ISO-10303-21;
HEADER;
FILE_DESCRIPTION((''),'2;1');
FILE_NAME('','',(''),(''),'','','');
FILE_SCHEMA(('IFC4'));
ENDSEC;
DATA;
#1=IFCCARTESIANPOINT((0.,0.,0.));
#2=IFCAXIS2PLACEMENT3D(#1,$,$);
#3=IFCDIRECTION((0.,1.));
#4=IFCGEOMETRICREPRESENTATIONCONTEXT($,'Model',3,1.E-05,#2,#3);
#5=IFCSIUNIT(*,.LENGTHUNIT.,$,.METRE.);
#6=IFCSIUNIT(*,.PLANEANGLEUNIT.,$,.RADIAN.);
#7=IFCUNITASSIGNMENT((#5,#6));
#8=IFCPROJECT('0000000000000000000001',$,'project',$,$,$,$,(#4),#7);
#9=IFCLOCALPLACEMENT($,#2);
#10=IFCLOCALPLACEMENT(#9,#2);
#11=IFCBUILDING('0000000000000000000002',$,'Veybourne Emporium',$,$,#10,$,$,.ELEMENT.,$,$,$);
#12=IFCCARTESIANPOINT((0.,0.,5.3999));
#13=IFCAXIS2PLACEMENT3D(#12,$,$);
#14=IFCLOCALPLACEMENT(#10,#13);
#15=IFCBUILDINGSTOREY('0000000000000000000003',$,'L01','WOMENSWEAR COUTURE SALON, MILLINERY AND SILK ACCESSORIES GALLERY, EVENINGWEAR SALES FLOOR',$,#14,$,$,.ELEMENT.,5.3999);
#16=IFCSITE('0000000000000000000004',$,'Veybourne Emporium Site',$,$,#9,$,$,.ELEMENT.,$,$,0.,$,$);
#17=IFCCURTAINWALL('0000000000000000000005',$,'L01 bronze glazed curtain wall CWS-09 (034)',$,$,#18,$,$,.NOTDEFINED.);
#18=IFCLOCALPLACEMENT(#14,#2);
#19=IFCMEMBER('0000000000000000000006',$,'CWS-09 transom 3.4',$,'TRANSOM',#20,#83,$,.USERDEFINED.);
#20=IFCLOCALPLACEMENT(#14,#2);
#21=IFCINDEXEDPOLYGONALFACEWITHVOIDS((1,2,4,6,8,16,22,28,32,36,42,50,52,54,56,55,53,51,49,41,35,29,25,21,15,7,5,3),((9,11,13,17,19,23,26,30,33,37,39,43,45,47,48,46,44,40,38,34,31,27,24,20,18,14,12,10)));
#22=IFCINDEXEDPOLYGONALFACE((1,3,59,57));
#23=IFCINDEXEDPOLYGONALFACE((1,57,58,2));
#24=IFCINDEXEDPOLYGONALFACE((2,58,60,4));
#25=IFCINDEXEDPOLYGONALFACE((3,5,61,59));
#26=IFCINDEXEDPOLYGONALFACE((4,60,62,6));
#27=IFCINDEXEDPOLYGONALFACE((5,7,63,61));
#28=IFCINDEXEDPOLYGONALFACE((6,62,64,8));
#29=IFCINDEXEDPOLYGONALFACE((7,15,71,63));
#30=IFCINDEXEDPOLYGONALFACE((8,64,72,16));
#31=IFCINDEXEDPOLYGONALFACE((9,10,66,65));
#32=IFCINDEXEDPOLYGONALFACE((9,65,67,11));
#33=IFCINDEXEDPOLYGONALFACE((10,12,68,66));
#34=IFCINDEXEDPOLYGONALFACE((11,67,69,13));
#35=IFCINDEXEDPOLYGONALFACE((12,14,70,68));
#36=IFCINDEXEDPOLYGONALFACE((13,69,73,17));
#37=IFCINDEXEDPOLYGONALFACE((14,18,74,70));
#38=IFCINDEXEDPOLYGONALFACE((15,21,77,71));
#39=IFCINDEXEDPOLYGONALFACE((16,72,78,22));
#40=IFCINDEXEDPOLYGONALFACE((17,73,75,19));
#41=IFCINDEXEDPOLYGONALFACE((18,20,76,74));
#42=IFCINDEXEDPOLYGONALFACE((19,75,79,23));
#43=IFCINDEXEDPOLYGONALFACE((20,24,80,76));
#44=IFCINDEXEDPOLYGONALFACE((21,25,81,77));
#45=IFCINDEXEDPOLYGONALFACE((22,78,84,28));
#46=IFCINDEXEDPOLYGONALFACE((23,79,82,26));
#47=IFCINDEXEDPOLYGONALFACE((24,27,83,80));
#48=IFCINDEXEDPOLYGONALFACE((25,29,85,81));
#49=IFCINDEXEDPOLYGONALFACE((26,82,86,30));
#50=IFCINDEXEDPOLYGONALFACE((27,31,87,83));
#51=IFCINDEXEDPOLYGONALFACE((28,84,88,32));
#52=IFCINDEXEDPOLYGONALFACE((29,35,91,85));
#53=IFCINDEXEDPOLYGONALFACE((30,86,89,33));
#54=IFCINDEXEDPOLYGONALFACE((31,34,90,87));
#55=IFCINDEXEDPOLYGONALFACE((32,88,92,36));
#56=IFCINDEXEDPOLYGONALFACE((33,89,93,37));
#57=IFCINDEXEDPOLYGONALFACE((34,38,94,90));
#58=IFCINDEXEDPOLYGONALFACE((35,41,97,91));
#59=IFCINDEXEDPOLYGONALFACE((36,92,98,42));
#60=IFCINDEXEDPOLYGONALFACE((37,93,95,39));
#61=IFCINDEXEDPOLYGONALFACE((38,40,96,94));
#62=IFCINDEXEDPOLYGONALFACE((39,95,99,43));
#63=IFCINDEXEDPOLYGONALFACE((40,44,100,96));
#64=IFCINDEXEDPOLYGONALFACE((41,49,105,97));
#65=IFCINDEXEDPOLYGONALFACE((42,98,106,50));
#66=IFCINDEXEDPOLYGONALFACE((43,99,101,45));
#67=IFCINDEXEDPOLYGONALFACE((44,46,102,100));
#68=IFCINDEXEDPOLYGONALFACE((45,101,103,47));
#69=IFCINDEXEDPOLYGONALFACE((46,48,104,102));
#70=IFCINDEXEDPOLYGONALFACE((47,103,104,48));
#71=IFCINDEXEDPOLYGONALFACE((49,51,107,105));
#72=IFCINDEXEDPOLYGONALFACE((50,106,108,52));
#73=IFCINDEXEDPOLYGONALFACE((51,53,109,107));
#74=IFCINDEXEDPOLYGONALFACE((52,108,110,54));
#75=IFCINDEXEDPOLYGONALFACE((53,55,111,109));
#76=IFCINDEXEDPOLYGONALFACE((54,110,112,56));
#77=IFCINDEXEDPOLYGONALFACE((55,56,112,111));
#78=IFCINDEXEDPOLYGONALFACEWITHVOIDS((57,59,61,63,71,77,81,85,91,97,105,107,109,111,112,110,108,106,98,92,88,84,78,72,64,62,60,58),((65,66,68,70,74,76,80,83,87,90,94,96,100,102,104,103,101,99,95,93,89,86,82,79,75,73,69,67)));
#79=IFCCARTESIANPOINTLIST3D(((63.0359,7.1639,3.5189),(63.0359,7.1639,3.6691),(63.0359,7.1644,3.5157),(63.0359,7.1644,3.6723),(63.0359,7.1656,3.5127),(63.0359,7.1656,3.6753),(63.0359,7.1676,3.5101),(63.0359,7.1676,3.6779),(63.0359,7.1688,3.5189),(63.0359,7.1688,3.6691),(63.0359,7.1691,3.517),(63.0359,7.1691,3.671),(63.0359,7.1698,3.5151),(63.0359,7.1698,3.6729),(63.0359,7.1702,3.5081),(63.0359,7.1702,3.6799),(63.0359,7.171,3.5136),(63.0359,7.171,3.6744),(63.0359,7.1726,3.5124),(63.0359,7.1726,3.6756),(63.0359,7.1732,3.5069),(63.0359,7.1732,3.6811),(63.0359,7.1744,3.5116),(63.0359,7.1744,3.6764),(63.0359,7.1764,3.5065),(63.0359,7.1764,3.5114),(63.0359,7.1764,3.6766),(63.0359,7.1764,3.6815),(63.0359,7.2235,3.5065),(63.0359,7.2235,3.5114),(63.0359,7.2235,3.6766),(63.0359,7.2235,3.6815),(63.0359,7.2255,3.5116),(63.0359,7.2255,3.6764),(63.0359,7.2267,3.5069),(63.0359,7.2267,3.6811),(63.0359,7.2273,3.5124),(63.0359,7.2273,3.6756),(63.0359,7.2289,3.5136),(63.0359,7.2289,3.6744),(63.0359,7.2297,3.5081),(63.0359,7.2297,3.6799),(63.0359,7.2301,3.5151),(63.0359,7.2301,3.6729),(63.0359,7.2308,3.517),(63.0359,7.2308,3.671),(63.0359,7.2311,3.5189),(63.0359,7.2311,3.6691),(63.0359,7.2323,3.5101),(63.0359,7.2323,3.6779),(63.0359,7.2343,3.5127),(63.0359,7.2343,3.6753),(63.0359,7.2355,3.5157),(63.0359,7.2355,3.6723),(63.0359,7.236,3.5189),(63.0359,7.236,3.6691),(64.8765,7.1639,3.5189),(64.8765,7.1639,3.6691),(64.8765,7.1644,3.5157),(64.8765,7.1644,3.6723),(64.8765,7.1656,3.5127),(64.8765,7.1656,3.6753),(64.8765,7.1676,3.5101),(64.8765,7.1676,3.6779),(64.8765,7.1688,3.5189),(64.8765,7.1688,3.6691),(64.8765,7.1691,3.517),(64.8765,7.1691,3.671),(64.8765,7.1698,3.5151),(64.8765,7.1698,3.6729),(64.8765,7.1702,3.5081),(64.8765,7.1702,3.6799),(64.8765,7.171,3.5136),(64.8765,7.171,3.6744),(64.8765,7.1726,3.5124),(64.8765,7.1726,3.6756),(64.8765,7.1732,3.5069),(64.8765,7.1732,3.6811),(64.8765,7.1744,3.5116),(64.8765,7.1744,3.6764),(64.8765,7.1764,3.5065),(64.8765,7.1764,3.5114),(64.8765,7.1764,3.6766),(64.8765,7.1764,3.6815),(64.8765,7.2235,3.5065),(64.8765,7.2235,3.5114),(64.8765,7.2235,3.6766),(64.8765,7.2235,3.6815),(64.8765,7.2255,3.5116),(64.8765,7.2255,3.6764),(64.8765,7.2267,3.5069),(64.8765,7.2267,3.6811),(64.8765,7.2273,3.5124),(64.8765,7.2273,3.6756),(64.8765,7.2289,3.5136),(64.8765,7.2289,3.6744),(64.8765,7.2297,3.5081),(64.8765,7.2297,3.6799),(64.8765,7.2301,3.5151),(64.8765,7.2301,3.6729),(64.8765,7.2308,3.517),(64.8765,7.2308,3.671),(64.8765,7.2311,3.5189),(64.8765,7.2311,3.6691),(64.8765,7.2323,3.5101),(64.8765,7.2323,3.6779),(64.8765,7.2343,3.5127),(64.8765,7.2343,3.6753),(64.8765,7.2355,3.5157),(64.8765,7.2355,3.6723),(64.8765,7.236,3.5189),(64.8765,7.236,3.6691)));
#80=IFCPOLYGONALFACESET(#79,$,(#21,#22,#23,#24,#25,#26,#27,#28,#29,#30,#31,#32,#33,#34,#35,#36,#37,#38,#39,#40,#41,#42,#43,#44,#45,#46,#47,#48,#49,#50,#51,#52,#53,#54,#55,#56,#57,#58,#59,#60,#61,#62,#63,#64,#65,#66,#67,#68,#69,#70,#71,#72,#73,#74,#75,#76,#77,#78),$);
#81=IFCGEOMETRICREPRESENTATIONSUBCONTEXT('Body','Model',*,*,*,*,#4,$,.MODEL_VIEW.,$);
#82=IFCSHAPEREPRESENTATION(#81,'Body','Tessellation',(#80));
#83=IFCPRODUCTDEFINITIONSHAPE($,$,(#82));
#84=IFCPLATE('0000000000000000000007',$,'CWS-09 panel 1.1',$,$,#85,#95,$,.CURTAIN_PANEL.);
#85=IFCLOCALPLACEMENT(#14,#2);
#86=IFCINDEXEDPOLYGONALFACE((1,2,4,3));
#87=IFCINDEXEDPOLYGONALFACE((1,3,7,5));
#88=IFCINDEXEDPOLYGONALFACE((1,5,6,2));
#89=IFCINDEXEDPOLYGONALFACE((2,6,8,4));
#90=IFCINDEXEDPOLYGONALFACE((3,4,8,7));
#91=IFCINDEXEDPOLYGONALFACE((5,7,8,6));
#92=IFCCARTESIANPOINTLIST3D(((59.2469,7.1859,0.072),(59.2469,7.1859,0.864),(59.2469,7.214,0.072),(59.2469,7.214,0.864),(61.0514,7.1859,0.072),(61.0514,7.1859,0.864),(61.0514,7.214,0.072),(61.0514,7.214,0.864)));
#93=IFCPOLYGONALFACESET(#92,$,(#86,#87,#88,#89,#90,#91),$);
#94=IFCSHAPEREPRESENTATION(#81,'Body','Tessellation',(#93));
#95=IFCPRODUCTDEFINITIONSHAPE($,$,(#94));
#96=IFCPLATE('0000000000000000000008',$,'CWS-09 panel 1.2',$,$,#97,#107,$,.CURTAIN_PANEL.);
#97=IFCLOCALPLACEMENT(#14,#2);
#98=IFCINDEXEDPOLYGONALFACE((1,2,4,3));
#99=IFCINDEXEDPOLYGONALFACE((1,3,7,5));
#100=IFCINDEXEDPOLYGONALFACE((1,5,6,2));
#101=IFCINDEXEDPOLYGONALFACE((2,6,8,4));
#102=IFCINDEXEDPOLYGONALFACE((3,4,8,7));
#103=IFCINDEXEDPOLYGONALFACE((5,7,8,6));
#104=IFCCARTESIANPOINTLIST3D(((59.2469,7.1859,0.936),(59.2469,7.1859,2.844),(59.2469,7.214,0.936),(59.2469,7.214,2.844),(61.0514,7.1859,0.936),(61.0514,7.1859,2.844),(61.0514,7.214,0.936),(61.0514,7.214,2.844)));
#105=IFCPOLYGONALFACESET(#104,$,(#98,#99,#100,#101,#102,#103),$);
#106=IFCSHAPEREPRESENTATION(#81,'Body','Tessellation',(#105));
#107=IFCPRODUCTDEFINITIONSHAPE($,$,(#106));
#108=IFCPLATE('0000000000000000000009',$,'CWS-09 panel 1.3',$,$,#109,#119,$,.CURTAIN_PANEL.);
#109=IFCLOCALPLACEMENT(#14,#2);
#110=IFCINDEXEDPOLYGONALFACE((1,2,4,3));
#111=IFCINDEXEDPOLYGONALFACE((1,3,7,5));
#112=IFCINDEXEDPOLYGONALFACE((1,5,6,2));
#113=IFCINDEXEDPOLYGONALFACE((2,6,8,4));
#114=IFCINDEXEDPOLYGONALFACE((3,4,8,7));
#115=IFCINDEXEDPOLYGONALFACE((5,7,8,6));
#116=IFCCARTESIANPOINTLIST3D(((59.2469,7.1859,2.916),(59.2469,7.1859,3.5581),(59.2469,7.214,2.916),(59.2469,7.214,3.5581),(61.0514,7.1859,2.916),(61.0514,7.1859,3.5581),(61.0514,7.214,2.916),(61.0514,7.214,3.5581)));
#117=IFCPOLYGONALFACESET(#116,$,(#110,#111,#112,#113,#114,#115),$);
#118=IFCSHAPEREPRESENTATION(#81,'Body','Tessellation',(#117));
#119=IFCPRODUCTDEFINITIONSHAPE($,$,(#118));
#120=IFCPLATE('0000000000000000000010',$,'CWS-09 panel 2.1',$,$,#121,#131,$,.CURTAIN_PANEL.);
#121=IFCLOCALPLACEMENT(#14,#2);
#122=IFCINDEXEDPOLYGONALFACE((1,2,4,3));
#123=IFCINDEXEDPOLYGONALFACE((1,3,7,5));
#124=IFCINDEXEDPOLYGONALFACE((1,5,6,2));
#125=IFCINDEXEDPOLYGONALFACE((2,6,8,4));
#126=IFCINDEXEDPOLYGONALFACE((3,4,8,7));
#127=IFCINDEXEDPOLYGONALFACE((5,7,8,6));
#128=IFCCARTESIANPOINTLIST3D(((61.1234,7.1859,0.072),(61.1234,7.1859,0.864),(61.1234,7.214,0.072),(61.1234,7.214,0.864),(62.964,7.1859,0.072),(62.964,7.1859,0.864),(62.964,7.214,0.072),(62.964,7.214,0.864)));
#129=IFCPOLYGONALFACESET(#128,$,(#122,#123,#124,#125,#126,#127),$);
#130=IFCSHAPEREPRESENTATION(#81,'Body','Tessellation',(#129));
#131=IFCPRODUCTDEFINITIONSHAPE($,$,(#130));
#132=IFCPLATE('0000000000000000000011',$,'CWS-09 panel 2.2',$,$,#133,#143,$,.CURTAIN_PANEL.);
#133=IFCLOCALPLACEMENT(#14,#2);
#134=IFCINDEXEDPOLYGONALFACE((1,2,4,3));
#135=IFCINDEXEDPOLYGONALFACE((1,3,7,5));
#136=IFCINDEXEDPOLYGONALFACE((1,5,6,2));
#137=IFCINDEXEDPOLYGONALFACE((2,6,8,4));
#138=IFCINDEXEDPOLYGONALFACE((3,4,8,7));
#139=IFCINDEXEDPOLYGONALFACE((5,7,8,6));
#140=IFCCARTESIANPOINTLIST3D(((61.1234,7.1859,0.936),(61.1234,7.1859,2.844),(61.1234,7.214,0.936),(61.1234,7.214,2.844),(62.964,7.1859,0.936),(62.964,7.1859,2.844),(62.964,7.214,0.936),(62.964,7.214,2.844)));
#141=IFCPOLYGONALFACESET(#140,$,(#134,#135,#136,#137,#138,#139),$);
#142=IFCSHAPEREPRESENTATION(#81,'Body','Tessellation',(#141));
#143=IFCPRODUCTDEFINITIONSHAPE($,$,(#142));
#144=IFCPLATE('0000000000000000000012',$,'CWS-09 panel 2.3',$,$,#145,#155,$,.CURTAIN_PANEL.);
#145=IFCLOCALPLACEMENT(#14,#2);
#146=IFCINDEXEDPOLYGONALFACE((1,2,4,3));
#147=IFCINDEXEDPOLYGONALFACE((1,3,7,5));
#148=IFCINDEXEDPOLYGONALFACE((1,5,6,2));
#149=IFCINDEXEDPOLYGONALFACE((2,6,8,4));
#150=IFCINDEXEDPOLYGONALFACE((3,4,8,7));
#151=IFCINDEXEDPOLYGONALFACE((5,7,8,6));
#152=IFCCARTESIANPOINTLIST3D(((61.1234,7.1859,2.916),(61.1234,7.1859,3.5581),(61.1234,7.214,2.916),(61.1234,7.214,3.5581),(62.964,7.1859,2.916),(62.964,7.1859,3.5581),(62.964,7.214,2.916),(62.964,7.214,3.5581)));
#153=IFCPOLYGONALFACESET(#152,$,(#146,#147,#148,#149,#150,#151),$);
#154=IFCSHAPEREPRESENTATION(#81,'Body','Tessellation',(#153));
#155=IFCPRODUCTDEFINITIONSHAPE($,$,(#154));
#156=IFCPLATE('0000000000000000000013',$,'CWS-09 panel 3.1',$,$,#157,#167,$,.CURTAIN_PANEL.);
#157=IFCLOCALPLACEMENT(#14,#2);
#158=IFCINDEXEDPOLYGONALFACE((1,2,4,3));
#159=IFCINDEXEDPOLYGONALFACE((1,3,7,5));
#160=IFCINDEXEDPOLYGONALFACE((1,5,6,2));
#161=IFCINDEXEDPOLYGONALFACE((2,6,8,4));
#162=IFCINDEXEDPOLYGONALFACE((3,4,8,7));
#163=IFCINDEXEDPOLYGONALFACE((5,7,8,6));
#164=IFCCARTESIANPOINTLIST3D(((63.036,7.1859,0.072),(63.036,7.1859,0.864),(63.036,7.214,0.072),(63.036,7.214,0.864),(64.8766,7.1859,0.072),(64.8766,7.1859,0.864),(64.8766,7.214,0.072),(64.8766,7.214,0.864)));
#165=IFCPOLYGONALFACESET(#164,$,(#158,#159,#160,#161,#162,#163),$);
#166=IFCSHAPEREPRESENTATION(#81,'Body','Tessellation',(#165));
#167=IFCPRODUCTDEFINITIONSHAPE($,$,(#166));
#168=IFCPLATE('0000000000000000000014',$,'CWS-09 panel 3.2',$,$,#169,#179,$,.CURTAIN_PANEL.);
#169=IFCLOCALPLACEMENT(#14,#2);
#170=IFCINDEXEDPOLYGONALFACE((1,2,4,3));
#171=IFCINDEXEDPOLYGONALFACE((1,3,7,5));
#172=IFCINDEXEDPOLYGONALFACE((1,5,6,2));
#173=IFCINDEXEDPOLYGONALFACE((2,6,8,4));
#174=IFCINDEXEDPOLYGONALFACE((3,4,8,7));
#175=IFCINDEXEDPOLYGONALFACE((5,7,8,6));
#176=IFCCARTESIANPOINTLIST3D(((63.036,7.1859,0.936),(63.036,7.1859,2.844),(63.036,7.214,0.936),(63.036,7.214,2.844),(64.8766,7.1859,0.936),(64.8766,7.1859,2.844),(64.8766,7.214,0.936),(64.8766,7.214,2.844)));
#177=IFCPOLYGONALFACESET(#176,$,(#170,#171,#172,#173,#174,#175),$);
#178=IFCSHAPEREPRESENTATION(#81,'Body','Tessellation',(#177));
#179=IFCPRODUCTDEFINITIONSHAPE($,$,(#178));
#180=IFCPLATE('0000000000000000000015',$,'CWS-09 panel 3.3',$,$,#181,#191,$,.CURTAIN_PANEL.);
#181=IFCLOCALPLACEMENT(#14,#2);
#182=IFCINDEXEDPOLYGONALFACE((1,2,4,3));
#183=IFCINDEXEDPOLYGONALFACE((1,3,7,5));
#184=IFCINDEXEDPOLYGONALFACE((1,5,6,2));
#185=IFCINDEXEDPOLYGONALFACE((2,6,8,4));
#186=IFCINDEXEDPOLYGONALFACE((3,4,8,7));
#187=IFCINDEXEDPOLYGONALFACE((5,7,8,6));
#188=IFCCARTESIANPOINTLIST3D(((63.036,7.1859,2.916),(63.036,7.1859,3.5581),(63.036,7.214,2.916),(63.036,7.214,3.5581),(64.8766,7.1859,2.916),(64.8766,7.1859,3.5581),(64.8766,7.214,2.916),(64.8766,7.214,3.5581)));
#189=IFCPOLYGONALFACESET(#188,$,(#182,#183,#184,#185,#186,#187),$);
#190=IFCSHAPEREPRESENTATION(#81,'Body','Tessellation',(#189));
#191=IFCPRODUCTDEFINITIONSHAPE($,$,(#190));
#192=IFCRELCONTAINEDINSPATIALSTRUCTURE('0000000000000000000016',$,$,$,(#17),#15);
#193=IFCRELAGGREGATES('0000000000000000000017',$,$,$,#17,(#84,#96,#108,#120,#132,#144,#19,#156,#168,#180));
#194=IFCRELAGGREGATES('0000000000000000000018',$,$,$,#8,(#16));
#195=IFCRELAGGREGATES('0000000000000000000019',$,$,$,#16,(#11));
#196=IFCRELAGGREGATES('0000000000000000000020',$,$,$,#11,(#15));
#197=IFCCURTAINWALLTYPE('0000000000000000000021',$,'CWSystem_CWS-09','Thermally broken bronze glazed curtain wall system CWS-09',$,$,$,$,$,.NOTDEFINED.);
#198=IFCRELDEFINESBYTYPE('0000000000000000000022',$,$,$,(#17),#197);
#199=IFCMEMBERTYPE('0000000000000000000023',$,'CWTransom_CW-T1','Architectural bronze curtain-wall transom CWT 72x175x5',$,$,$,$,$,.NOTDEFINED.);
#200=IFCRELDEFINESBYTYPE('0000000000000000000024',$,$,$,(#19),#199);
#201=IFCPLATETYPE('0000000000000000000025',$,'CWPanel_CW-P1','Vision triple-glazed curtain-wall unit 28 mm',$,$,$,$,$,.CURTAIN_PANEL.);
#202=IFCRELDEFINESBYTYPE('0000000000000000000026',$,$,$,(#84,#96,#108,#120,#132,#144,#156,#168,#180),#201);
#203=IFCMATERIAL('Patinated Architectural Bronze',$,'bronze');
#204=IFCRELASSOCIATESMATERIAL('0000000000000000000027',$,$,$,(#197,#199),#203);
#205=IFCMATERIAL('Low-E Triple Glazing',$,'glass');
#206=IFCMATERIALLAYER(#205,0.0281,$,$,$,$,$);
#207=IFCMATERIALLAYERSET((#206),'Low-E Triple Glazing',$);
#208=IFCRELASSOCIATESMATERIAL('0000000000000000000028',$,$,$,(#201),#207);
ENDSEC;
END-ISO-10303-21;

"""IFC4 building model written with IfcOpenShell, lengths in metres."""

from ifc_helpers import new_model, si_unit, direction, frame, origin, origin_2d, place, context, subcontext, project, spatial, rectangle, hollow_rectangle, extrude, material, layer, layer_set, material_profile, profile_set, type_object, element, aggregate, save


model = new_model("IFC4")

# Units and contexts
model_context = context("Model", 3, precision=1e-05, world=origin(), true_north=direction((0.0, 1.0)))
body_context = subcontext(model_context, "Body", "Model", "MODEL_VIEW")
ifc_project = project(units=[si_unit("LENGTHUNIT", "METRE"), si_unit("PLANEANGLEUNIT", "RADIAN")], contexts=[model_context])

# Site, building, storey
site_placement = place(None, origin())
site = spatial("IfcSite", under=ifc_project, at=site_placement, Name="Veybourne Emporium Site", CompositionType="ELEMENT", RefElevation=0.0)
building_placement = place(site_placement, origin())
building = spatial("IfcBuilding", under=site, at=building_placement, Name="Veybourne Emporium", CompositionType="ELEMENT")
storey_placement = place(building_placement, frame((0.0, 0.0, 5.3999)))
storey = spatial("IfcBuildingStorey", under=building, at=storey_placement, Name="L01", Description="WOMENSWEAR COUTURE SALON, MILLINERY AND SILK ACCESSORIES GALLERY, EVENINGWEAR SALES FLOOR", CompositionType="ELEMENT", Elevation=5.3999)

# Curtain wall, member, plates
ifc_material_1 = material(Name="Patinated Architectural Bronze", Category="bronze")
curtain_wall_type = type_object("IfcCurtainWallType", Name="CWSystem_CWS-09", Description="Thermally broken bronze glazed curtain wall system CWS-09", PredefinedType="NOTDEFINED", material=ifc_material_1)
curtain_wall_placement = place(storey_placement, origin())
curtain_wall = element("IfcCurtainWall", 1, at=curtain_wall_placement, inside=storey, type_object=curtain_wall_type, Name="L01 bronze glazed curtain wall CWS-09 (034)", PredefinedType="NOTDEFINED")
ifc_material_profile_1 = material_profile(ifc_material_1, hollow_rectangle(XDim=0.072, YDim=0.175, WallThickness=0.0049, InnerFilletRadius=0.0076, OuterFilletRadius=0.0125, at=origin_2d()), Name="CWT 72x175x5")
ifc_profile_set_1 = profile_set([ifc_material_profile_1], Name="Patinated Architectural Bronze")
member_type_1 = type_object("IfcMemberType", Name="CWTransom_CW-T1", Description="Architectural bronze curtain-wall transom CWT 72x175x5", PredefinedType="NOTDEFINED", material=ifc_profile_set_1)
member_1_placement = place(storey_placement, frame((63.0359, 7.2, 3.594), z_axis=(1.0, 0.0, 0.0), x_axis=(0.0, 1.0, 0.0)))
member_1 = element("IfcMember", 2, at=member_1_placement, type_object=member_type_1, Name="CWS-09 transom 3.4", ObjectType="TRANSOM", PredefinedType="USERDEFINED", context=body_context, shape_type="SweptSolid", body=[
    extrude(hollow_rectangle(XDim=0.072, YDim=0.175, WallThickness=0.0049, InnerFilletRadius=0.0076, OuterFilletRadius=0.0125, at=origin_2d()), origin(), (0.0, 0.0, 1.0), 1.8406),
])
ifc_material_2 = material(Name="Low-E Triple Glazing", Category="glass")
ifc_layer = layer(ifc_material_2, 0.0281)
ifc_layer_set = layer_set([ifc_layer], Name="Low-E Triple Glazing")
plate_type = type_object("IfcPlateType", Name="CWPanel_CW-P1", Description="Vision triple-glazed curtain-wall unit 28 mm", PredefinedType="CURTAIN_PANEL", material=ifc_layer_set)
plate_1_placement = place(storey_placement, frame((60.1492, 7.2, 0.072), z_axis=(0.0, 0.0, 1.0), x_axis=(1.0, 0.0, 0.0)))
plate_1 = element("IfcPlate", 3, at=plate_1_placement, type_object=plate_type, Name="CWS-09 panel 1.1", PredefinedType="CURTAIN_PANEL", context=body_context, shape_type="SweptSolid", body=[
    extrude(rectangle(XDim=1.8044, YDim=0.0281, at=origin_2d()), origin(), (0.0, 0.0, 1.0), 0.792),
])
plate_2_placement = place(storey_placement, frame((60.1492, 7.2, 0.936), z_axis=(0.0, 0.0, 1.0), x_axis=(1.0, 0.0, 0.0)))
plate_2 = element("IfcPlate", 4, at=plate_2_placement, type_object=plate_type, Name="CWS-09 panel 1.2", PredefinedType="CURTAIN_PANEL", context=body_context, shape_type="SweptSolid", body=[
    extrude(rectangle(XDim=1.8044, YDim=0.0281, at=origin_2d()), origin(), (0.0, 0.0, 1.0), 1.908),
])
plate_3_placement = place(storey_placement, frame((60.1492, 7.2, 2.916), z_axis=(0.0, 0.0, 1.0), x_axis=(1.0, 0.0, 0.0)))
plate_3 = element("IfcPlate", 5, at=plate_3_placement, type_object=plate_type, Name="CWS-09 panel 1.3", PredefinedType="CURTAIN_PANEL", context=body_context, shape_type="SweptSolid", body=[
    extrude(rectangle(XDim=1.8044, YDim=0.0281, at=origin_2d()), origin(), (0.0, 0.0, 1.0), 0.6421),
])
plate_4_placement = place(storey_placement, frame((62.0437, 7.2, 0.072), z_axis=(0.0, 0.0, 1.0), x_axis=(1.0, 0.0, 0.0)))
plate_4 = element("IfcPlate", 6, at=plate_4_placement, type_object=plate_type, Name="CWS-09 panel 2.1", PredefinedType="CURTAIN_PANEL", context=body_context, shape_type="SweptSolid", body=[
    extrude(rectangle(XDim=1.8406, YDim=0.0281, at=origin_2d()), origin(), (0.0, 0.0, 1.0), 0.792),
])
plate_5_placement = place(storey_placement, frame((62.0437, 7.2, 0.936), z_axis=(0.0, 0.0, 1.0), x_axis=(1.0, 0.0, 0.0)))
plate_5 = element("IfcPlate", 7, at=plate_5_placement, type_object=plate_type, Name="CWS-09 panel 2.2", PredefinedType="CURTAIN_PANEL", context=body_context, shape_type="SweptSolid", body=[
    extrude(rectangle(XDim=1.8406, YDim=0.0281, at=origin_2d()), origin(), (0.0, 0.0, 1.0), 1.908),
])
plate_6_placement = place(storey_placement, frame((62.0437, 7.2, 2.916), z_axis=(0.0, 0.0, 1.0), x_axis=(1.0, 0.0, 0.0)))
plate_6 = element("IfcPlate", 8, at=plate_6_placement, type_object=plate_type, Name="CWS-09 panel 2.3", PredefinedType="CURTAIN_PANEL", context=body_context, shape_type="SweptSolid", body=[
    extrude(rectangle(XDim=1.8406, YDim=0.0281, at=origin_2d()), origin(), (0.0, 0.0, 1.0), 0.6421),
])
plate_7_placement = place(storey_placement, frame((63.9563, 7.2, 0.072), z_axis=(0.0, 0.0, 1.0), x_axis=(1.0, 0.0, 0.0)))
plate_7 = element("IfcPlate", 9, at=plate_7_placement, type_object=plate_type, Name="CWS-09 panel 3.1", PredefinedType="CURTAIN_PANEL", context=body_context, shape_type="SweptSolid", body=[
    extrude(rectangle(XDim=1.8406, YDim=0.0281, at=origin_2d()), origin(), (0.0, 0.0, 1.0), 0.792),
])
plate_8_placement = place(storey_placement, frame((63.9563, 7.2, 0.936), z_axis=(0.0, 0.0, 1.0), x_axis=(1.0, 0.0, 0.0)))
plate_8 = element("IfcPlate", 10, at=plate_8_placement, type_object=plate_type, Name="CWS-09 panel 3.2", PredefinedType="CURTAIN_PANEL", context=body_context, shape_type="SweptSolid", body=[
    extrude(rectangle(XDim=1.8406, YDim=0.0281, at=origin_2d()), origin(), (0.0, 0.0, 1.0), 1.908),
])
plate_9_placement = place(storey_placement, frame((63.9563, 7.2, 2.916), z_axis=(0.0, 0.0, 1.0), x_axis=(1.0, 0.0, 0.0)))
plate_9 = element("IfcPlate", 11, at=plate_9_placement, type_object=plate_type, Name="CWS-09 panel 3.3", PredefinedType="CURTAIN_PANEL", context=body_context, shape_type="SweptSolid", body=[
    extrude(rectangle(XDim=1.8406, YDim=0.0281, at=origin_2d()), origin(), (0.0, 0.0, 1.0), 0.6421),
])
aggregate(curtain_wall, [plate_1, plate_2, plate_3, plate_4, plate_5, plate_6, member_1, plate_7, plate_8, plate_9])

save(model, "model.ifc")
